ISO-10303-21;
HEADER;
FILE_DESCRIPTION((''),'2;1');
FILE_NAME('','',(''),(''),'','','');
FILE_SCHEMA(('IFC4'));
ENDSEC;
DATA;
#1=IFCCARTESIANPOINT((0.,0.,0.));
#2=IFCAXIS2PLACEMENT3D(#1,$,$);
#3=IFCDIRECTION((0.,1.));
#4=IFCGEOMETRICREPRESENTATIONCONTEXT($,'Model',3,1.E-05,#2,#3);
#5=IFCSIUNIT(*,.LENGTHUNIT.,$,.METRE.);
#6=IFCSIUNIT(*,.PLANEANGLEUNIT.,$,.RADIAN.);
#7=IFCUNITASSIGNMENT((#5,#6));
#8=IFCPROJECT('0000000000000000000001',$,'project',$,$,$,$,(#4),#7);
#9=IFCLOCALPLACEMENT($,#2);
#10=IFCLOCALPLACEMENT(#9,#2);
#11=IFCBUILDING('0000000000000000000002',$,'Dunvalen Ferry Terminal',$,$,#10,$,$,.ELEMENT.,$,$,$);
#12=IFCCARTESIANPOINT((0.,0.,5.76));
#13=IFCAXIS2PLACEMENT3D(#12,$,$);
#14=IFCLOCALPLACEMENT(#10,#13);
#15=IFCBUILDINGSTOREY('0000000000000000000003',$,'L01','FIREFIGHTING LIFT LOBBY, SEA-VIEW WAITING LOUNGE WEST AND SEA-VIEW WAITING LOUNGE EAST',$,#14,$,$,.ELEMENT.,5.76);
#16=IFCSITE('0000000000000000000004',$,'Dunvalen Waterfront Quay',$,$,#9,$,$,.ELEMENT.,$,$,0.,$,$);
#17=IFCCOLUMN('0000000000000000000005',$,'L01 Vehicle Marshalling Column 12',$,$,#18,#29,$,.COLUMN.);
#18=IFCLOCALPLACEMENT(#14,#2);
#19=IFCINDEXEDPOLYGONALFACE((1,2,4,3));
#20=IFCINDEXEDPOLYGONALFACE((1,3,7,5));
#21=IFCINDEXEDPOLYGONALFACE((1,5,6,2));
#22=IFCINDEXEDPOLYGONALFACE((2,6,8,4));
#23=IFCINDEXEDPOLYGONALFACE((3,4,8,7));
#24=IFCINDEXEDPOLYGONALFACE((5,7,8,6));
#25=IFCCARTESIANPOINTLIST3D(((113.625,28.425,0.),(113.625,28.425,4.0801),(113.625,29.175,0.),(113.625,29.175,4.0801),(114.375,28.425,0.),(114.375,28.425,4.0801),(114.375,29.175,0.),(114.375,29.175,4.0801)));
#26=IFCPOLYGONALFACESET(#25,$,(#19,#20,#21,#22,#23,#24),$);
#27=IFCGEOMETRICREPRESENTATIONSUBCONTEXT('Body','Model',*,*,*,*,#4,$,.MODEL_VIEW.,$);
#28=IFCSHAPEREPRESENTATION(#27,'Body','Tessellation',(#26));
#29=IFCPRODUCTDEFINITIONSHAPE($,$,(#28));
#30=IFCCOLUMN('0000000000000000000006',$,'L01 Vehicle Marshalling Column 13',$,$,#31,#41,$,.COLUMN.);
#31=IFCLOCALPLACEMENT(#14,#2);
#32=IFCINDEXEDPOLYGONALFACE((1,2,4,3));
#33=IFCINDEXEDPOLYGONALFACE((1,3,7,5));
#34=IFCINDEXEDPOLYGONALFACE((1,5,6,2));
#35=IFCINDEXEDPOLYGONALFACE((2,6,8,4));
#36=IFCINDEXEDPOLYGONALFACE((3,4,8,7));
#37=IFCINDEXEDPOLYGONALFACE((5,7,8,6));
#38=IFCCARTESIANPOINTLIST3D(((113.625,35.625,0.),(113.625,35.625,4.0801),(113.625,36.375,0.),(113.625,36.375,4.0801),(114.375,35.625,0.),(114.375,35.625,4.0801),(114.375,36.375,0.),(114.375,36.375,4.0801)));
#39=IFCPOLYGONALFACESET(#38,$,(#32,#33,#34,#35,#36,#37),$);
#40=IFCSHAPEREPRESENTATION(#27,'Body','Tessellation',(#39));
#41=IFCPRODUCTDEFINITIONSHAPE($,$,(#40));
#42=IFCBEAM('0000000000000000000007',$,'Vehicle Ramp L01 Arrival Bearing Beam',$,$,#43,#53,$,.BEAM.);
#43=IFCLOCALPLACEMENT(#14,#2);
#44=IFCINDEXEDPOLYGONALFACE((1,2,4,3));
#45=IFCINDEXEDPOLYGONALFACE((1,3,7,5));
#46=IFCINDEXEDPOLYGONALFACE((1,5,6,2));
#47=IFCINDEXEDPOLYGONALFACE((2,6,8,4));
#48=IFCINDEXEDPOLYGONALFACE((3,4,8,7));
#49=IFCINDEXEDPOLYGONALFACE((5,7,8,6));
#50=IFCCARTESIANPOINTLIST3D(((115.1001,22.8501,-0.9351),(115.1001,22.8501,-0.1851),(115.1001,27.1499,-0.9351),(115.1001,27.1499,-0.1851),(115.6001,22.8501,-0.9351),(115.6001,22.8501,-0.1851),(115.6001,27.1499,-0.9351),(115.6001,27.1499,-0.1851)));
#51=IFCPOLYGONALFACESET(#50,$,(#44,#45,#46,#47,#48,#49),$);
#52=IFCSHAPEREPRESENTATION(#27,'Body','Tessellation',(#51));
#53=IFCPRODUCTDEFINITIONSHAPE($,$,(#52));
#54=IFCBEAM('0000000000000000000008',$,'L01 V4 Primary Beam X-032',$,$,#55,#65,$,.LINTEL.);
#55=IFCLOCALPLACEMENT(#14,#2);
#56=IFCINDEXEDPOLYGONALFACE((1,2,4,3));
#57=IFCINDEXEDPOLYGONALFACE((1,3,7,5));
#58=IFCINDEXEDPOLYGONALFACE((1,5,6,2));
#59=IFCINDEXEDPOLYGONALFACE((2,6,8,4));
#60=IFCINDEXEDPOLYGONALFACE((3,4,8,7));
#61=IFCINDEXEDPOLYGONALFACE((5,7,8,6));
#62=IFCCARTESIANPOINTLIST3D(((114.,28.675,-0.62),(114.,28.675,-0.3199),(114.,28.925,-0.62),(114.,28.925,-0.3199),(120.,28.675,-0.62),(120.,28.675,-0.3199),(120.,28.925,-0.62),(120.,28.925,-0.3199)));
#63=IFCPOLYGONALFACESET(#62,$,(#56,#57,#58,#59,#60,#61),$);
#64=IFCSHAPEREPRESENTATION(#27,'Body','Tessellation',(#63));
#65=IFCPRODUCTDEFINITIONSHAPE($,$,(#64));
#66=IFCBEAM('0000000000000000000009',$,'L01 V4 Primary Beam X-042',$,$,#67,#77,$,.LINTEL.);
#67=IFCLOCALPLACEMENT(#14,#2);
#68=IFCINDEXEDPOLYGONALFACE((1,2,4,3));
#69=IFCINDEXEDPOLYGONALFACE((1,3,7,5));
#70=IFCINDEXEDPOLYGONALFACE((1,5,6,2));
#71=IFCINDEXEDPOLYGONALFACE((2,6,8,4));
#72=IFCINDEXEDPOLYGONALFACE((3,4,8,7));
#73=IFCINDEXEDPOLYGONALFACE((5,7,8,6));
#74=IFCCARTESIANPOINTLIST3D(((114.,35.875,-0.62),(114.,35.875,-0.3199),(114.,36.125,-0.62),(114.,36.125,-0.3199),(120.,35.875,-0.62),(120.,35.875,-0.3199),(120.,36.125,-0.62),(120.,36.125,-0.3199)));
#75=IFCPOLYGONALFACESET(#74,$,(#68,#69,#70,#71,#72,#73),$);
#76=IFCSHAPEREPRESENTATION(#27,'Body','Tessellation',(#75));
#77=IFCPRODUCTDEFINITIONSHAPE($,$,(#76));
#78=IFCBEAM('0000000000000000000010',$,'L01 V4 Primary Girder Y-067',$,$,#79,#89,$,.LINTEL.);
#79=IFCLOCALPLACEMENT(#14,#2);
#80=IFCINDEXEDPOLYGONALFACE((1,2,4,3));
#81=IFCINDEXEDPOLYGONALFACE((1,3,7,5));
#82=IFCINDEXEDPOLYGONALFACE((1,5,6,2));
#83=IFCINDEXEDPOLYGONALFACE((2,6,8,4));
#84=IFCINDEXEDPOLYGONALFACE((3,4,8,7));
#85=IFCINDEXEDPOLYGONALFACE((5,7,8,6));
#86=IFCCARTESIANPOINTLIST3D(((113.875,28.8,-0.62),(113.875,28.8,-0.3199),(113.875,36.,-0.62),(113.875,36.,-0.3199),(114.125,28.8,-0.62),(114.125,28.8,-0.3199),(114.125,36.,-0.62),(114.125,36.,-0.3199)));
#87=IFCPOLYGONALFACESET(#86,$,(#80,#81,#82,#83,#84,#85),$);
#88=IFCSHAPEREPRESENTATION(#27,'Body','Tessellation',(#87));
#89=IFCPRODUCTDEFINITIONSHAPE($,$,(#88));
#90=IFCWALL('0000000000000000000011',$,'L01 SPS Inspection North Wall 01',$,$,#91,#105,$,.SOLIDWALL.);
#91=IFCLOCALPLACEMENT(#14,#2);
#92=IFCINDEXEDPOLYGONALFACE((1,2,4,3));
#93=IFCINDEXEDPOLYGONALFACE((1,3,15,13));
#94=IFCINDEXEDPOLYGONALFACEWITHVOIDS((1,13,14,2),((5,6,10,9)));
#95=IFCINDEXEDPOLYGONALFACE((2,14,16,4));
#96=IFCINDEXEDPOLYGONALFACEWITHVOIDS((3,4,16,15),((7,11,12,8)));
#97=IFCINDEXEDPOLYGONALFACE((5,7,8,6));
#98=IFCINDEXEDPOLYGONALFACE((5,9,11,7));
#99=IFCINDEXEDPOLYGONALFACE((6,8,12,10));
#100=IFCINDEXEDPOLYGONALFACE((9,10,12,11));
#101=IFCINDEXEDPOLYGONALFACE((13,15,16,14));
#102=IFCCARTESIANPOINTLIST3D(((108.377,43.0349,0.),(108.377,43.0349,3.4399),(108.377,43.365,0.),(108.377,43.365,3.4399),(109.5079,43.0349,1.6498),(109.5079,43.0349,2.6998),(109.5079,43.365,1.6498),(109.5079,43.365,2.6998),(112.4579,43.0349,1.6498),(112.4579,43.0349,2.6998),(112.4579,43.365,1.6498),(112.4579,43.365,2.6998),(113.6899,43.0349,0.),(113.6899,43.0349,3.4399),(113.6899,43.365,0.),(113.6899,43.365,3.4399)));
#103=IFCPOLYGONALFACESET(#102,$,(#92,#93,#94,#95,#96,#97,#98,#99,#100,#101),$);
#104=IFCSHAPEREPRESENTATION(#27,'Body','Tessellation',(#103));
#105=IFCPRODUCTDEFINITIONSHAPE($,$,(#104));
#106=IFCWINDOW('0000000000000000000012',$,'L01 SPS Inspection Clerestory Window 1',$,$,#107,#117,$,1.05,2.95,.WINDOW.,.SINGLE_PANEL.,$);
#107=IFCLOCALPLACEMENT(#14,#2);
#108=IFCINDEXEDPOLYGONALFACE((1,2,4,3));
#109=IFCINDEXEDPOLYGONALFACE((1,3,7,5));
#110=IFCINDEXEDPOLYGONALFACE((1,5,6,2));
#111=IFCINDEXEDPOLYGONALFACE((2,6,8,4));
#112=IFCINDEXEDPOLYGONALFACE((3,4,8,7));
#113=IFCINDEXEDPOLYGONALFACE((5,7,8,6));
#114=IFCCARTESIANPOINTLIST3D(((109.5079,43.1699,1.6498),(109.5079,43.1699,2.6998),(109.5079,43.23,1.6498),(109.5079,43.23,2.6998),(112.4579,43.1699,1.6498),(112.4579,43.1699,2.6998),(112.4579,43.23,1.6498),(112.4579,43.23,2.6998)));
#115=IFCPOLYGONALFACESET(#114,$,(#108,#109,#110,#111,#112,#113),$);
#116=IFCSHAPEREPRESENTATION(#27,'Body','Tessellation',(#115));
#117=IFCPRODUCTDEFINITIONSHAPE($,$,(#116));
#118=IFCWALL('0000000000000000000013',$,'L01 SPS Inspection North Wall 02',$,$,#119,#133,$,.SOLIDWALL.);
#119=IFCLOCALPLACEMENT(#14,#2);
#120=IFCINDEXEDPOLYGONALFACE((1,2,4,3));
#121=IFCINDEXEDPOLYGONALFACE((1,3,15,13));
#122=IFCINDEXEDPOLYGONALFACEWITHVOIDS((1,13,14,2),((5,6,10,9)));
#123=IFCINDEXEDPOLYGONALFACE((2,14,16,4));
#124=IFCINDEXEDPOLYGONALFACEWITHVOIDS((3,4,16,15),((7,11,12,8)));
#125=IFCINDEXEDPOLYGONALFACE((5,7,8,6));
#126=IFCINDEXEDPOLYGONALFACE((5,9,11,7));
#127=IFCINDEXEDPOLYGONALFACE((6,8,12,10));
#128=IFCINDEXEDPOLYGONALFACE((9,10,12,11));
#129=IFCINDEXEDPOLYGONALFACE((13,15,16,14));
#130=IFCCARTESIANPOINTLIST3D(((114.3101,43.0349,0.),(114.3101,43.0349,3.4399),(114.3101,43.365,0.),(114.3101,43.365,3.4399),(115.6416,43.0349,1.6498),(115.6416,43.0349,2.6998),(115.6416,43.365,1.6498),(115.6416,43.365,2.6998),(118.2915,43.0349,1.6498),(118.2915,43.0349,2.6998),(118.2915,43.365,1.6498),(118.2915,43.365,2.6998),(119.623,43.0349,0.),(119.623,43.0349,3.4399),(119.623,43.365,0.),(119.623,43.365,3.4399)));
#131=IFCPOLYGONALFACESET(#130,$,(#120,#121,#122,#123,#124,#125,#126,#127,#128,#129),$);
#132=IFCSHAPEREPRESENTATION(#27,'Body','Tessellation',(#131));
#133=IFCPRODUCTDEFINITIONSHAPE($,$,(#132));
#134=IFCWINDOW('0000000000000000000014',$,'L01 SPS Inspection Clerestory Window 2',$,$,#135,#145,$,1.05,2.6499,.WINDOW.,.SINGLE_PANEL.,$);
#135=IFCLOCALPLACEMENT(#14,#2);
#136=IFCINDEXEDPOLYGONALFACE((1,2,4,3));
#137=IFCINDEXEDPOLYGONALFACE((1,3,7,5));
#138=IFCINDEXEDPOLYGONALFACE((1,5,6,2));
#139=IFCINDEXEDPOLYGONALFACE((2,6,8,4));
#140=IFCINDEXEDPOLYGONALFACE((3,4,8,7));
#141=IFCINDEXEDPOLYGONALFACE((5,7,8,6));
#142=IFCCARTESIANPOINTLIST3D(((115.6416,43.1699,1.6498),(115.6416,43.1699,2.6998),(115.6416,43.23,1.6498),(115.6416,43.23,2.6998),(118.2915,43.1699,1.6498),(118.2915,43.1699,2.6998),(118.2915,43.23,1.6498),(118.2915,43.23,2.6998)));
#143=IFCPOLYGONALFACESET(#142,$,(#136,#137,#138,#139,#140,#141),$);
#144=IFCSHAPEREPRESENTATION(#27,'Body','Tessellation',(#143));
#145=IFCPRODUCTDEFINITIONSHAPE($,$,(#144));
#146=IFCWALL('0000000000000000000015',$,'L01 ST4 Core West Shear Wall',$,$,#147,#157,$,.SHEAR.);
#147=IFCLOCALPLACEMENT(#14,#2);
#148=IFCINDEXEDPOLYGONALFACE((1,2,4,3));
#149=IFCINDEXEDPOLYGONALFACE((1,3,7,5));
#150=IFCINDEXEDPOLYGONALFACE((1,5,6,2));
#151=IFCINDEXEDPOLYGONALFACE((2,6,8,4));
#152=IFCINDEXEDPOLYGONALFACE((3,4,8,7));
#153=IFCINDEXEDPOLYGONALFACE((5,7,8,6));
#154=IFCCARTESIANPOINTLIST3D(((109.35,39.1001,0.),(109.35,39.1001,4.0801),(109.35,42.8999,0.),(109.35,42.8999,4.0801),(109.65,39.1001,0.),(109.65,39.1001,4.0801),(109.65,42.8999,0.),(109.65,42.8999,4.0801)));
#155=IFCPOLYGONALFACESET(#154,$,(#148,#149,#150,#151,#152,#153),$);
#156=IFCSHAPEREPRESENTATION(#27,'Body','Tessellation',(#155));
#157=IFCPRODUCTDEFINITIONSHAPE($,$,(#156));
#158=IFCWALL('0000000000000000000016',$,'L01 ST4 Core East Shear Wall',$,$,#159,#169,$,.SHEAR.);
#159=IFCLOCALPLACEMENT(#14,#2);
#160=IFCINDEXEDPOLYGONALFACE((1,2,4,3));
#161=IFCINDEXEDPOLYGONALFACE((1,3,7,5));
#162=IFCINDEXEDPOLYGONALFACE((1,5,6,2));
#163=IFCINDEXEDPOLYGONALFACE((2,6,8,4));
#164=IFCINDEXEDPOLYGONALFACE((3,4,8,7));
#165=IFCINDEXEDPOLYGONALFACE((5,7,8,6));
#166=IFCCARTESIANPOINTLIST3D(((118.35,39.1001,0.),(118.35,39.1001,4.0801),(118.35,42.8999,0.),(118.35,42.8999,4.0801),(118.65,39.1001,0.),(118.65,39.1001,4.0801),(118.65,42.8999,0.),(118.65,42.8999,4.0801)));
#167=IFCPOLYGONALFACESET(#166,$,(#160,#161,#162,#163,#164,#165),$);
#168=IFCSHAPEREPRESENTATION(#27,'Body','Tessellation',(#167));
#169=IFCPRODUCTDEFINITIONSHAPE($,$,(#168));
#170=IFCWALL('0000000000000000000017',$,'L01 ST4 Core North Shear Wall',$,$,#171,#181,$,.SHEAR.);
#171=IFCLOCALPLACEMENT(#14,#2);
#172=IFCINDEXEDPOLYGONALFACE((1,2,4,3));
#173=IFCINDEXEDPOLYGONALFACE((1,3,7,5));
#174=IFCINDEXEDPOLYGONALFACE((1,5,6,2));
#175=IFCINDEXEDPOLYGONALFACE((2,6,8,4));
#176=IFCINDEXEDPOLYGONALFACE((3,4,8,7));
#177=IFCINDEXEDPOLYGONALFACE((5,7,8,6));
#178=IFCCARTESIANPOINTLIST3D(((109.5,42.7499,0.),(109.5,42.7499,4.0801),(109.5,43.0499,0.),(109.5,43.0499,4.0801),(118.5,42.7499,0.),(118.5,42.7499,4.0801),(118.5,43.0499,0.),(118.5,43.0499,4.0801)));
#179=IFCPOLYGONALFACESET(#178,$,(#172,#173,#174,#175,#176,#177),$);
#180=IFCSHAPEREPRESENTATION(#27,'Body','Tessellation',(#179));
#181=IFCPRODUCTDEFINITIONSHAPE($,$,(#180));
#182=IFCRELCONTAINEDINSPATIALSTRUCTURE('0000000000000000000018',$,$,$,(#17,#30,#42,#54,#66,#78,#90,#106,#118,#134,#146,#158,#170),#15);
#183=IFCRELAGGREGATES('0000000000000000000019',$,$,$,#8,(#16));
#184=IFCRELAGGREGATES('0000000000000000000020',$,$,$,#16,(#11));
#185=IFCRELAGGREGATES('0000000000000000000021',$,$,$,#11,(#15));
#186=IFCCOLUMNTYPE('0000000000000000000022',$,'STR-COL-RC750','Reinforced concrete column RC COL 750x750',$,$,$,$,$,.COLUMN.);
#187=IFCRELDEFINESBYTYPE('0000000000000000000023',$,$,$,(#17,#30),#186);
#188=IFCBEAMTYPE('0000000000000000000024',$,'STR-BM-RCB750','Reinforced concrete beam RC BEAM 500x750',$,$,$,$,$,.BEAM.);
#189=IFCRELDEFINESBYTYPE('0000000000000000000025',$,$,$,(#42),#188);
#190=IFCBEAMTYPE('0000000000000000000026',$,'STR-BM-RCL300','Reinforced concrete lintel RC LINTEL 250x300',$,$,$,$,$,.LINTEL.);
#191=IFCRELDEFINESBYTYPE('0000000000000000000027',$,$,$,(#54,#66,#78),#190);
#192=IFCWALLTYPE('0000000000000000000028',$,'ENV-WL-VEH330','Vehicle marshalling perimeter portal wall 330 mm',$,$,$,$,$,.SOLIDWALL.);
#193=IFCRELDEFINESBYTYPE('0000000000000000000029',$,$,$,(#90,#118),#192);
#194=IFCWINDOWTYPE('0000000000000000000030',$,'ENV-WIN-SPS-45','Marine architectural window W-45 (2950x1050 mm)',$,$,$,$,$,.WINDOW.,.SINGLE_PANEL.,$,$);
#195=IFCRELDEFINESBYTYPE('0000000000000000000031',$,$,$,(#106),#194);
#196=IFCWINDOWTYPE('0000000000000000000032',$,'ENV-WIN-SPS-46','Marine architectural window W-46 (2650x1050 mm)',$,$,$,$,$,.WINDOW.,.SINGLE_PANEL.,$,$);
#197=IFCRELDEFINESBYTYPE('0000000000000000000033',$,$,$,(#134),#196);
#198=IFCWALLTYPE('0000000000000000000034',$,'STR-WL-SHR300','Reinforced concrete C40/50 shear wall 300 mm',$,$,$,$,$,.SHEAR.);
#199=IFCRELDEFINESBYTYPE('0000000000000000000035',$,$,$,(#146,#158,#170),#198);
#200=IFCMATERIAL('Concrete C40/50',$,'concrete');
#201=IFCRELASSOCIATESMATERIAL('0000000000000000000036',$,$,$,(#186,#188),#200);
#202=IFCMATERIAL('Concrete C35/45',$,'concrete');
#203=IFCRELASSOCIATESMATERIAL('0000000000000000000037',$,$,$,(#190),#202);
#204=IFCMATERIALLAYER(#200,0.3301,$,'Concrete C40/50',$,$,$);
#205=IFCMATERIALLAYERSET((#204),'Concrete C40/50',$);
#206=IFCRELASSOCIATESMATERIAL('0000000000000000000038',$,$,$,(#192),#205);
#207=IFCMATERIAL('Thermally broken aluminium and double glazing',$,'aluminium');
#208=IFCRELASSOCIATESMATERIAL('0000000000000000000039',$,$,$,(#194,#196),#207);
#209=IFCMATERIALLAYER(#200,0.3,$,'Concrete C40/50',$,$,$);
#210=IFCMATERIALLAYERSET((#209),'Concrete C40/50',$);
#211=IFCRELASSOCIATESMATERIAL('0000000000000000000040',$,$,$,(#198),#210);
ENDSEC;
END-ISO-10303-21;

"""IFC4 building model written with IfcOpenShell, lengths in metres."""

from ifc_helpers import new_model, si_unit, direction, frame, frame_2d, origin, origin_2d, place, context, subcontext, project, spatial, rectangle, extrude, material, layer, layer_set, material_profile, profile_set, type_object, element, fill, save


model = new_model("IFC4")

# Units and contexts
model_context = context("Model", 3, precision=1e-05, world=origin(), true_north=direction((0.0, 1.0)))
body_context = subcontext(model_context, "Body", "Model", "MODEL_VIEW")
ifc_project = project(units=[si_unit("LENGTHUNIT", "METRE"), si_unit("PLANEANGLEUNIT", "RADIAN")], contexts=[model_context])

# Site, building, storey
site_placement = place(None, origin())
site = spatial("IfcSite", under=ifc_project, at=site_placement, Name="Dunvalen Waterfront Quay", CompositionType="ELEMENT", RefElevation=0.0)
building_placement = place(site_placement, origin())
building = spatial("IfcBuilding", under=site, at=building_placement, Name="Dunvalen Ferry Terminal", CompositionType="ELEMENT")
storey_placement = place(building_placement, frame((0.0, 0.0, 5.76)))
storey = spatial("IfcBuildingStorey", under=building, at=storey_placement, Name="L01", Description="FIREFIGHTING LIFT LOBBY, SEA-VIEW WAITING LOUNGE WEST AND SEA-VIEW WAITING LOUNGE EAST", CompositionType="ELEMENT", Elevation=5.76)

# Columns
ifc_material_1 = material(Name="Concrete C40/50", Category="concrete")
ifc_material_profile_1 = material_profile(ifc_material_1, rectangle(XDim=0.75, YDim=0.75, at=origin_2d()), Name="Concrete C40/50")
ifc_profile_set_1 = profile_set([ifc_material_profile_1], Name="Concrete C40/50")
column_type = type_object("IfcColumnType", Name="STR-COL-RC750", Description="Reinforced concrete column RC COL 750x750", PredefinedType="COLUMN", material=ifc_profile_set_1)
for number, where, z_axis, x_axis, name in (
    (1, (114.0, 28.8, 0.0), (0.0, 0.0, 1.0), (1.0, 0.0, 0.0), "L01 Vehicle Marshalling Column 12"),
    (2, (114.0, 36.0, 0.0), (0.0, 0.0, 1.0), (1.0, 0.0, 0.0), "L01 Vehicle Marshalling Column 13"),
):
    element("IfcColumn", number, at=place(storey_placement, frame(where, z_axis=z_axis, x_axis=x_axis)), inside=storey, type_object=column_type, Name=name, PredefinedType="COLUMN", context=body_context, shape_type="SweptSolid", body=[
        extrude(rectangle(XDim=0.75, YDim=0.75, at=origin_2d()), origin(), (0.0, 0.0, 1.0), 4.0801),
    ])

# Beams
ifc_material_profile_2 = material_profile(ifc_material_1, rectangle(XDim=0.5, YDim=0.75, at=origin_2d()), Name="Concrete C40/50")
ifc_profile_set_2 = profile_set([ifc_material_profile_2], Name="Concrete C40/50")
beam_type_1 = type_object("IfcBeamType", Name="STR-BM-RCB750", Description="Reinforced concrete beam RC BEAM 500x750", PredefinedType="BEAM", material=ifc_profile_set_2)
beam_1_placement = place(storey_placement, frame((115.3501, 22.8501, -0.5601), z_axis=(0.0, 1.0, 0.0), x_axis=(-1.0, 0.0, 0.0)))
element("IfcBeam", 3, at=beam_1_placement, inside=storey, type_object=beam_type_1, Name="Vehicle Ramp L01 Arrival Bearing Beam", PredefinedType="BEAM", context=body_context, shape_type="SweptSolid", body=[
    extrude(rectangle(XDim=0.5, YDim=0.75, at=origin_2d()), origin(), (0.0, 0.0, 1.0), 4.2998),
])
ifc_material_2 = material(Name="Concrete C35/45", Category="concrete")
ifc_material_profile_3 = material_profile(ifc_material_2, rectangle(XDim=0.25, YDim=0.3, at=origin_2d()), Name="Concrete C35/45")
ifc_profile_set_3 = profile_set([ifc_material_profile_3], Name="Concrete C35/45")
beam_type_2 = type_object("IfcBeamType", Name="STR-BM-RCL300", Description="Reinforced concrete lintel RC LINTEL 250x300", PredefinedType="LINTEL", material=ifc_profile_set_3)
for number, where, z_axis, x_axis, name in (
    (4, (114.0, 28.8, -0.47), (1.0, 0.0, 0.0), (0.0, 1.0, 0.0), "L01 V4 Primary Beam X-032"),
    (5, (114.0, 36.0, -0.47), (1.0, 0.0, 0.0), (0.0, 1.0, 0.0), "L01 V4 Primary Beam X-042"),
):
    element("IfcBeam", number, at=place(storey_placement, frame(where, z_axis=z_axis, x_axis=x_axis)), inside=storey, type_object=beam_type_2, Name=name, PredefinedType="LINTEL", context=body_context, shape_type="SweptSolid", body=[
        extrude(rectangle(XDim=0.25, YDim=0.3, at=origin_2d()), origin(), (0.0, 0.0, 1.0), 6.0),
    ])
beam_2_placement = place(storey_placement, frame((114.0, 28.8, -0.47), z_axis=(0.0, 1.0, 0.0), x_axis=(-1.0, 0.0, 0.0)))
element("IfcBeam", 6, at=beam_2_placement, inside=storey, type_object=beam_type_2, Name="L01 V4 Primary Girder Y-067", PredefinedType="LINTEL", context=body_context, shape_type="SweptSolid", body=[
    extrude(rectangle(XDim=0.25, YDim=0.3, at=origin_2d()), origin(), (0.0, 0.0, 1.0), 7.2),
])

# Walls, openings, windows
ifc_layer_1 = layer(ifc_material_1, 0.3301, Name="Concrete C40/50")
ifc_layer_set_1 = layer_set([ifc_layer_1], Name="Concrete C40/50")
wall_type_1 = type_object("IfcWallType", Name="ENV-WL-VEH330", Description="Vehicle marshalling perimeter portal wall 330 mm", PredefinedType="SOLIDWALL", material=ifc_layer_set_1)
wall_1_placement = place(storey_placement, frame((108.377, 43.2, 0.0), z_axis=(0.0, 0.0, 1.0), x_axis=(1.0, 0.0, 0.0)))
wall_1 = element("IfcWall", 7, at=wall_1_placement, inside=storey, type_object=wall_type_1, Name="L01 SPS Inspection North Wall 01", PredefinedType="SOLIDWALL", context=body_context, shape_type="SweptSolid", body=[
    extrude(rectangle(XDim=5.313, YDim=0.3301, at=frame_2d((2.6565, 0.0))), origin(), (0.0, 0.0, 1.0), 3.4399),
])
opening_1_placement = place(wall_1_placement, frame((1.1309, 0.0, 1.6499)))
opening_1 = element("IfcOpeningElement", 8, at=opening_1_placement, cuts=wall_1, PredefinedType="OPENING", context=body_context, shape_type="SweptSolid", body=[
    extrude(rectangle(XDim=2.95, YDim=1.05, at=frame_2d((1.4751, 0.5249))), frame((0.0, 0.175, 0.0), z_axis=(0.0, -1.0, 0.0), x_axis=(1.0, 0.0, 0.0)), (0.0, 0.0, 1.0), 0.3501),
])
ifc_material_3 = material(Name="Thermally broken aluminium and double glazing", Category="aluminium")
window_type_1 = type_object("IfcWindowType", Name="ENV-WIN-SPS-45", Description="Marine architectural window W-45 (2950x1050 mm)", PartitioningType="SINGLE_PANEL", PredefinedType="WINDOW", material=ifc_material_3)
window_1_placement = place(opening_1_placement, origin())
window_1 = element("IfcWindow", 9, at=window_1_placement, inside=storey, type_object=window_type_1, Name="L01 SPS Inspection Clerestory Window 1", OverallHeight=1.05, OverallWidth=2.95, PartitioningType="SINGLE_PANEL", PredefinedType="WINDOW", context=body_context, shape_type="SweptSolid", body=[
    extrude(rectangle(XDim=2.95, YDim=1.05, at=frame_2d((1.4751, 0.5249))), frame((0.0, 0.03, 0.0), z_axis=(0.0, -1.0, 0.0), x_axis=(1.0, 0.0, 0.0)), (0.0, 0.0, 1.0), 0.0601),
])
fill(opening_1, window_1)
wall_2_placement = place(storey_placement, frame((114.3101, 43.2, 0.0), z_axis=(0.0, 0.0, 1.0), x_axis=(1.0, 0.0, 0.0)))
wall_2 = element("IfcWall", 10, at=wall_2_placement, inside=storey, type_object=wall_type_1, Name="L01 SPS Inspection North Wall 02", PredefinedType="SOLIDWALL", context=body_context, shape_type="SweptSolid", body=[
    extrude(rectangle(XDim=5.313, YDim=0.3301, at=frame_2d((2.6565, 0.0))), origin(), (0.0, 0.0, 1.0), 3.4399),
])
opening_2_placement = place(wall_2_placement, frame((1.3315, 0.0, 1.6499)))
opening_2 = element("IfcOpeningElement", 11, at=opening_2_placement, cuts=wall_2, PredefinedType="OPENING", context=body_context, shape_type="SweptSolid", body=[
    extrude(rectangle(XDim=2.6499, YDim=1.05, at=frame_2d((1.325, 0.5249))), frame((0.0, 0.175, 0.0), z_axis=(0.0, -1.0, 0.0), x_axis=(1.0, 0.0, 0.0)), (0.0, 0.0, 1.0), 0.3501),
])
window_type_2 = type_object("IfcWindowType", Name="ENV-WIN-SPS-46", Description="Marine architectural window W-46 (2650x1050 mm)", PartitioningType="SINGLE_PANEL", PredefinedType="WINDOW", material=ifc_material_3)
window_2_placement = place(opening_2_placement, origin())
window_2 = element("IfcWindow", 12, at=window_2_placement, inside=storey, type_object=window_type_2, Name="L01 SPS Inspection Clerestory Window 2", OverallHeight=1.05, OverallWidth=2.6499, PartitioningType="SINGLE_PANEL", PredefinedType="WINDOW", context=body_context, shape_type="SweptSolid", body=[
    extrude(rectangle(XDim=2.6499, YDim=1.05, at=frame_2d((1.325, 0.5249))), frame((0.0, 0.03, 0.0), z_axis=(0.0, -1.0, 0.0), x_axis=(1.0, 0.0, 0.0)), (0.0, 0.0, 1.0), 0.0601),
])
fill(opening_2, window_2)

# Walls
ifc_layer_2 = layer(ifc_material_1, 0.3, Name="Concrete C40/50")
ifc_layer_set_2 = layer_set([ifc_layer_2], Name="Concrete C40/50")
wall_type_2 = type_object("IfcWallType", Name="STR-WL-SHR300", Description="Reinforced concrete C40/50 shear wall 300 mm", PredefinedType="SHEAR", material=ifc_layer_set_2)
for number, where, z_axis, x_axis, name in (
    (13, (109.5, 39.1001, 0.0), (0.0, 0.0, 1.0), (0.0, 1.0, 0.0), "L01 ST4 Core West Shear Wall"),
    (14, (118.5, 39.1001, 0.0), (0.0, 0.0, 1.0), (0.0, 1.0, 0.0), "L01 ST4 Core East Shear Wall"),
):
    element("IfcWall", number, at=place(storey_placement, frame(where, z_axis=z_axis, x_axis=x_axis)), inside=storey, type_object=wall_type_2, Name=name, PredefinedType="SHEAR", context=body_context, shape_type="SweptSolid", body=[
        extrude(rectangle(XDim=3.7998, YDim=0.3, at=frame_2d((1.8999, 0.0))), origin(), (0.0, 0.0, 1.0), 4.0801),
    ])
wall_3_placement = place(storey_placement, frame((109.5, 42.8999, 0.0), z_axis=(0.0, 0.0, 1.0), x_axis=(1.0, 0.0, 0.0)))
element("IfcWall", 15, at=wall_3_placement, inside=storey, type_object=wall_type_2, Name="L01 ST4 Core North Shear Wall", PredefinedType="SHEAR", context=body_context, shape_type="SweptSolid", body=[
    extrude(rectangle(XDim=9.0, YDim=0.3, at=frame_2d((4.5, 0.0))), origin(), (0.0, 0.0, 1.0), 4.0801),
])

save(model, "model.ifc")
